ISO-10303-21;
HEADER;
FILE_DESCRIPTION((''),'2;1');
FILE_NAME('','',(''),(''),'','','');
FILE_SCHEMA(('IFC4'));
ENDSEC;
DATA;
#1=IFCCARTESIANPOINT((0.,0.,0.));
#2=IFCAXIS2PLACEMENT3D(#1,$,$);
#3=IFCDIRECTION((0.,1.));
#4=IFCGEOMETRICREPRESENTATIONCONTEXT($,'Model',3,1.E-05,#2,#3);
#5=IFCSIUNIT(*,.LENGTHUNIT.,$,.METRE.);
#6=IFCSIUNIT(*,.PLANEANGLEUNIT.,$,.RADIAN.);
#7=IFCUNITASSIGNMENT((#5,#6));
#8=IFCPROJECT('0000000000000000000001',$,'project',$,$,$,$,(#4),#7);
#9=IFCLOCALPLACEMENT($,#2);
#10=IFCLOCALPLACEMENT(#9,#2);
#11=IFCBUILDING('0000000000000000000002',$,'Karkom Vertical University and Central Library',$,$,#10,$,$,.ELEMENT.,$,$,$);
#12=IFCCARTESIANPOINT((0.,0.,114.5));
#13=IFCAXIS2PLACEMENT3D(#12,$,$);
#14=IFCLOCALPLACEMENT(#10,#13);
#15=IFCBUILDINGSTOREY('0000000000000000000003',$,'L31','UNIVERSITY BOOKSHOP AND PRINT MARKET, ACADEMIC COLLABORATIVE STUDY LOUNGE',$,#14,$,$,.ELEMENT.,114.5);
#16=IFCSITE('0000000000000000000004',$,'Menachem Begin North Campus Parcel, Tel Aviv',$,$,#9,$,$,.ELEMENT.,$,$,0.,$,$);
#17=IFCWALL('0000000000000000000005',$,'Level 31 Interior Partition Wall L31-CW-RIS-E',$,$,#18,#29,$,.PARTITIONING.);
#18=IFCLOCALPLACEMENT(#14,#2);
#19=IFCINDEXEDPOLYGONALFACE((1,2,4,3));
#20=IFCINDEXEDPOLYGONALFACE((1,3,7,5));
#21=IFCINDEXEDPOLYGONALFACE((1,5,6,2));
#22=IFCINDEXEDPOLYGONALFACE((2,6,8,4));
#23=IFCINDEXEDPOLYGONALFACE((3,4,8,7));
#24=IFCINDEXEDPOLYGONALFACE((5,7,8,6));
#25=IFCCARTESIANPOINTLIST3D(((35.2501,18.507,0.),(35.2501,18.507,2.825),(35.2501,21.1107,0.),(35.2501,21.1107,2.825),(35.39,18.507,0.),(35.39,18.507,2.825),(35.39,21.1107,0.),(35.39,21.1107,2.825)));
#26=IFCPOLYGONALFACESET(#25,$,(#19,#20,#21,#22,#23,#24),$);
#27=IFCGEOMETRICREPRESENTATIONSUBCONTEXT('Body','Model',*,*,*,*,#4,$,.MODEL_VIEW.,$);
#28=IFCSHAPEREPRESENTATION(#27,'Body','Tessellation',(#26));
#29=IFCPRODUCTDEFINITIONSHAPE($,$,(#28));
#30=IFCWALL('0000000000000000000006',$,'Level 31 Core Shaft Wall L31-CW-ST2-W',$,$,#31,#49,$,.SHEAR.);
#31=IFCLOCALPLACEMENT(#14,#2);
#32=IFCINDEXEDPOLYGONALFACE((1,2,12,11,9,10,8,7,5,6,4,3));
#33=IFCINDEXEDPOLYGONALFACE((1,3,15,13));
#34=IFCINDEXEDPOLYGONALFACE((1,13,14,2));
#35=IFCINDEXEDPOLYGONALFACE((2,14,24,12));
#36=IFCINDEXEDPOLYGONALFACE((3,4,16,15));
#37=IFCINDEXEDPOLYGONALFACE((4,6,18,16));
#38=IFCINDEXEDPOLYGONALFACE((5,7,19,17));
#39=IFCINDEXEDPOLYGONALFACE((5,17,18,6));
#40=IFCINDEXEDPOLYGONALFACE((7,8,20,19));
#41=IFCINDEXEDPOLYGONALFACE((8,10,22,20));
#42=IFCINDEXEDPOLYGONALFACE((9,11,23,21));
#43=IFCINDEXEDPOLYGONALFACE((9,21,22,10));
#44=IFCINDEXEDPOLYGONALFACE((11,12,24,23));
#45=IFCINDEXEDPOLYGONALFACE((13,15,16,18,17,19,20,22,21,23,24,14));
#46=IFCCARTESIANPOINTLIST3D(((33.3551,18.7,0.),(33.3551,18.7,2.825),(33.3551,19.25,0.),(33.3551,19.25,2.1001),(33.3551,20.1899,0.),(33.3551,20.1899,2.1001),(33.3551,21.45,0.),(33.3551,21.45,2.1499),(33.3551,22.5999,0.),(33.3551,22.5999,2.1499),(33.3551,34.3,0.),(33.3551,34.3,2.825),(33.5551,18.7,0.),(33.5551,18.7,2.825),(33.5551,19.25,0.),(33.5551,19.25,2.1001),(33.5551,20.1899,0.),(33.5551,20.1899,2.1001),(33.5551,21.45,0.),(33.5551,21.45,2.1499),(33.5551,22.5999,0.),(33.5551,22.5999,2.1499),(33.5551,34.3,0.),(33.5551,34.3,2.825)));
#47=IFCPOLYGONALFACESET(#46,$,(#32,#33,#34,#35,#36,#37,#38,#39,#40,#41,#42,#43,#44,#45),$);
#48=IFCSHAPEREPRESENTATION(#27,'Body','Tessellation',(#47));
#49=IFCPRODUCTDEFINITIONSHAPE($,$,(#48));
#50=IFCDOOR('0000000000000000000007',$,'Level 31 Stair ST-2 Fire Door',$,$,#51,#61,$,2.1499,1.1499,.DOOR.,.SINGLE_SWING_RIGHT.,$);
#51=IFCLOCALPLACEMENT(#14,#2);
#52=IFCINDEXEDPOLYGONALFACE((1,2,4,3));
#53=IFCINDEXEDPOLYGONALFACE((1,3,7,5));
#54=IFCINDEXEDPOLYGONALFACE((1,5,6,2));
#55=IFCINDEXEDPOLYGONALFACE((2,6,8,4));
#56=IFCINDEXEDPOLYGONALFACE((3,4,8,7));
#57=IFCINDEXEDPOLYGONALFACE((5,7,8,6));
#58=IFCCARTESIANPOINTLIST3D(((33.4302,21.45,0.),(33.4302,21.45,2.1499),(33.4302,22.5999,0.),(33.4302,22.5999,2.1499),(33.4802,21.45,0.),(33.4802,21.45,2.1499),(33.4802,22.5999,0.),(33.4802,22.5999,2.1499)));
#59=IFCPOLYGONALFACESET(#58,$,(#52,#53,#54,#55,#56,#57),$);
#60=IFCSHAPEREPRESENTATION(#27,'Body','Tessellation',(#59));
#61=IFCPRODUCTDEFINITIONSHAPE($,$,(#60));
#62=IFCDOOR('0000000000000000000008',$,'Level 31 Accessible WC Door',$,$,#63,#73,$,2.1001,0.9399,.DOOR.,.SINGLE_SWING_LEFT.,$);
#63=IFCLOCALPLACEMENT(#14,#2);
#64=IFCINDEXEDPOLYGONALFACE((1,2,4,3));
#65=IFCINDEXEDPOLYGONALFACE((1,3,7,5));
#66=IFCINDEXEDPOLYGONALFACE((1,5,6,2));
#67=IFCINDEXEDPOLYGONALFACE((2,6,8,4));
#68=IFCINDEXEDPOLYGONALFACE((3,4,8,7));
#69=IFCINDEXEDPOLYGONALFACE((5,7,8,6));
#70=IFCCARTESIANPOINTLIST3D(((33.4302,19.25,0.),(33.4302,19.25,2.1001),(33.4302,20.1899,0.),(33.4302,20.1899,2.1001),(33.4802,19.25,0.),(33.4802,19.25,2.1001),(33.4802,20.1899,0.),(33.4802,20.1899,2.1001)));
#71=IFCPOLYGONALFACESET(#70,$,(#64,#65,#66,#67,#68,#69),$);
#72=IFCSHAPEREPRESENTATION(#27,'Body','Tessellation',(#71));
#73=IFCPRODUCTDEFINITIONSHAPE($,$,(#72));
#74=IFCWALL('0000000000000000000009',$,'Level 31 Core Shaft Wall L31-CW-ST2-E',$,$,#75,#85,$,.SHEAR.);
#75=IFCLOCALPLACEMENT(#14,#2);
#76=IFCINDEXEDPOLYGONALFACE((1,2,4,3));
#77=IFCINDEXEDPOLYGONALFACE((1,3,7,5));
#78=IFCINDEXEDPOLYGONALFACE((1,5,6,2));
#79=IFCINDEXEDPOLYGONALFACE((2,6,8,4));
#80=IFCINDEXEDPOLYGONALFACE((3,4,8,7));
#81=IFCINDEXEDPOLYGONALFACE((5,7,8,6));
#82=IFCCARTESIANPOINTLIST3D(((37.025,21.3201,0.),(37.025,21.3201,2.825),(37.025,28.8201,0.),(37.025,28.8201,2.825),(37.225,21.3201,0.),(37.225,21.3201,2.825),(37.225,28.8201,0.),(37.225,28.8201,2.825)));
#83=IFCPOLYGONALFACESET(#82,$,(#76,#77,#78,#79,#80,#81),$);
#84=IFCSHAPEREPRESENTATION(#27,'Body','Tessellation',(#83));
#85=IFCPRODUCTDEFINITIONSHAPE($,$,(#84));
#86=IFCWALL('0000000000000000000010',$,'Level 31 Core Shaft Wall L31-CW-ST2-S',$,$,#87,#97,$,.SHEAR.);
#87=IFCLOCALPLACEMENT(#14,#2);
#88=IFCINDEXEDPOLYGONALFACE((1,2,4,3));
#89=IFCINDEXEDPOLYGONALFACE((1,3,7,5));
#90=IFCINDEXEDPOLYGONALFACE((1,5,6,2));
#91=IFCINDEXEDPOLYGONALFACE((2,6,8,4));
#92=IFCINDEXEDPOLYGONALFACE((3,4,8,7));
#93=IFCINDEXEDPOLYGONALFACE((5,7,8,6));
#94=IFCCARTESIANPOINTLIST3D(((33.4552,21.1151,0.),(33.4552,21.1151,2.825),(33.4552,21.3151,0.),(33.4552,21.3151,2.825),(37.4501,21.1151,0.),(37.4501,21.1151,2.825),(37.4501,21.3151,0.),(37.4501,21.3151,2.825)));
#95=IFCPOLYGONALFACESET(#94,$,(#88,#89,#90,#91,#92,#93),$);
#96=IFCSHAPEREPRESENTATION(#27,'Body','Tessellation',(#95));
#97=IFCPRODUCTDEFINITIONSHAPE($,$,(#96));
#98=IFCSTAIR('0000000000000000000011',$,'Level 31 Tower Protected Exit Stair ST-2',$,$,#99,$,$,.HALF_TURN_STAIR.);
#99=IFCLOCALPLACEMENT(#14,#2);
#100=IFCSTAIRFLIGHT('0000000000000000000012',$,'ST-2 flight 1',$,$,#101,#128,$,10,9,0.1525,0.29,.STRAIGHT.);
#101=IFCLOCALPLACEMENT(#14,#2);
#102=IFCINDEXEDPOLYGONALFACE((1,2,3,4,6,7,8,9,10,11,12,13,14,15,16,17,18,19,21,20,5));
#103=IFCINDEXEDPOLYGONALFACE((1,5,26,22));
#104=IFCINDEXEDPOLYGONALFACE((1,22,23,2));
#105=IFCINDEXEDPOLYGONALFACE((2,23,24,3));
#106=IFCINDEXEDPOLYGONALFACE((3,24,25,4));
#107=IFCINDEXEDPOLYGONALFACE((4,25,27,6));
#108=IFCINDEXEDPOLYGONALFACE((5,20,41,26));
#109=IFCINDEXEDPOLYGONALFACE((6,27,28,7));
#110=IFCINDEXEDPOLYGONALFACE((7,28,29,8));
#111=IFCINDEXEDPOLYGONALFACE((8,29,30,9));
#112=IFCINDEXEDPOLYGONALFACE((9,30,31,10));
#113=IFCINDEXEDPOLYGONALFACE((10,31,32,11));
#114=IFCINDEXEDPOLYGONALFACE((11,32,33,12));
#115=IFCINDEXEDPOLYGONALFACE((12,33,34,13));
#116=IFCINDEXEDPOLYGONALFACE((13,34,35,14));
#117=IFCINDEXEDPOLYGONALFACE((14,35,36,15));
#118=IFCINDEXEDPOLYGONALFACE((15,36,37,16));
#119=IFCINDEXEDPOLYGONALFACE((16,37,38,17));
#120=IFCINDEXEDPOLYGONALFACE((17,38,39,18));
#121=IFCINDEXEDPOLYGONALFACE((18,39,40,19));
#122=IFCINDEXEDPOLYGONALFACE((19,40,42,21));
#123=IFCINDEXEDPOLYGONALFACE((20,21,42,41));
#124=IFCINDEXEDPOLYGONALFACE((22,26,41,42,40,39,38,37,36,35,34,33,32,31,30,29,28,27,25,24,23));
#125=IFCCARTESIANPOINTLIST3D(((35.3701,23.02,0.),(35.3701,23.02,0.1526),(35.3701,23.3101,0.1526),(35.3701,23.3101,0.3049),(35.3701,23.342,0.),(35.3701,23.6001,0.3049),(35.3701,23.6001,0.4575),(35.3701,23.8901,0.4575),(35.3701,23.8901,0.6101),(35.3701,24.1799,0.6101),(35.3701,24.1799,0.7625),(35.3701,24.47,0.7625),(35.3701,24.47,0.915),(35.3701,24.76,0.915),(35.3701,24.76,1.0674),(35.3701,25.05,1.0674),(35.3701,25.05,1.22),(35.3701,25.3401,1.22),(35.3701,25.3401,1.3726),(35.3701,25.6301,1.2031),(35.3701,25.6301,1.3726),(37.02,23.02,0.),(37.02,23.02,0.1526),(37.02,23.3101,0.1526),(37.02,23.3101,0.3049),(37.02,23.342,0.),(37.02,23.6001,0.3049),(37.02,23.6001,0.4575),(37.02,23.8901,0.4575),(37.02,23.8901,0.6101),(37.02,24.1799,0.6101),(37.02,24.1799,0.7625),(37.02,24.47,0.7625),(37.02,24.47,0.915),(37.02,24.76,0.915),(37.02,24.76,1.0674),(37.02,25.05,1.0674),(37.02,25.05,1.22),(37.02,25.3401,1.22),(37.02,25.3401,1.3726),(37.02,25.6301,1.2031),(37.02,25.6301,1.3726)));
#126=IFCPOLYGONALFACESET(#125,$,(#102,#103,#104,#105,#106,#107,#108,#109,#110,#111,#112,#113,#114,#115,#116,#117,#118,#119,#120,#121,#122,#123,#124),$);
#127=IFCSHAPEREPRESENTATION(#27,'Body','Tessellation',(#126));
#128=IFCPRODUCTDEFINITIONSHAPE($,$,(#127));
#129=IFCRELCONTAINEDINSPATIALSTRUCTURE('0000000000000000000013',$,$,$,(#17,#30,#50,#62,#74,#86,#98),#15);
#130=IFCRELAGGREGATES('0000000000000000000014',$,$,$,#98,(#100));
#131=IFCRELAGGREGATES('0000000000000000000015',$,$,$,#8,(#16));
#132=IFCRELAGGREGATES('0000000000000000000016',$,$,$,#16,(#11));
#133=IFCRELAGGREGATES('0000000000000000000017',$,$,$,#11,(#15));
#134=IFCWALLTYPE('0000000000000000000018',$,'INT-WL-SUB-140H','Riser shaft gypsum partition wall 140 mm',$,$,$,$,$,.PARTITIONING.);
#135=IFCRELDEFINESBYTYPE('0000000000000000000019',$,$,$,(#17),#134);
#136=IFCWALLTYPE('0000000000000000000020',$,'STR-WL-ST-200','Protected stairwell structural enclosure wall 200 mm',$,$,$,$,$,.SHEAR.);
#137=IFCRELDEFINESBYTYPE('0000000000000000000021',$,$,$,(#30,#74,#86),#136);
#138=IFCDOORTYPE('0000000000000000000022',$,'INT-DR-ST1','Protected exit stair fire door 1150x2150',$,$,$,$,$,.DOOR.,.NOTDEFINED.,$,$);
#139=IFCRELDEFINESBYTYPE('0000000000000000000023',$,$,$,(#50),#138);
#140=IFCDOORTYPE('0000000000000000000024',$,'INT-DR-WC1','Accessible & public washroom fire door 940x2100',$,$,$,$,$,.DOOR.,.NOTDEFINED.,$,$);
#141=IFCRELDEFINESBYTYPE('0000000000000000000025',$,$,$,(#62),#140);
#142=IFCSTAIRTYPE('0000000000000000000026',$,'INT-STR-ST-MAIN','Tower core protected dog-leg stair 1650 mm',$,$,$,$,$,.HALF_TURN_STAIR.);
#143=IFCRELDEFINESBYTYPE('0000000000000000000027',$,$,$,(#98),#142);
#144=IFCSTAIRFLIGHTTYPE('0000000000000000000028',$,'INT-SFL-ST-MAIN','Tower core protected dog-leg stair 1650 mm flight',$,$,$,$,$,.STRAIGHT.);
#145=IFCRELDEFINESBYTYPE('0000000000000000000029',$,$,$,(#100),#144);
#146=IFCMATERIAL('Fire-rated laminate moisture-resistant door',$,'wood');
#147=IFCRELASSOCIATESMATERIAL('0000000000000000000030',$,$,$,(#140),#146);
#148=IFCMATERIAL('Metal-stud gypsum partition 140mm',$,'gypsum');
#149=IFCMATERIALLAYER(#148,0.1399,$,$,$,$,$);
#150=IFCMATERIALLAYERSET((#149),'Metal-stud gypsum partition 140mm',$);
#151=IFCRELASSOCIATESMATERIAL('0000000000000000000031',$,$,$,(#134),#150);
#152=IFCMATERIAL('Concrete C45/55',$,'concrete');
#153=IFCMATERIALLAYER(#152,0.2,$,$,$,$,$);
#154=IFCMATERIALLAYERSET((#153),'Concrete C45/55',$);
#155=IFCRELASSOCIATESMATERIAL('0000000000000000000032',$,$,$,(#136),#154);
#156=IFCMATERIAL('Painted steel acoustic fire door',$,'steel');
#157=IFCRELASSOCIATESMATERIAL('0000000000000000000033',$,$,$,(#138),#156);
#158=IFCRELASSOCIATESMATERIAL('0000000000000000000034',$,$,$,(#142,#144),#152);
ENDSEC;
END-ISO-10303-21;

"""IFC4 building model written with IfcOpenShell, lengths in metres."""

from ifc_helpers import new_model, si_unit, direction, frame, frame_2d, origin, origin_with_axes, place, context, subcontext, project, spatial, polyline, rectangle, outline, extrude, source, transform, mapped, material, layer, layer_set, type_object, element, fill, aggregate, save


model = new_model("IFC4")

# Units and contexts
model_context = context("Model", 3, precision=1e-05, world=origin(), true_north=direction((0.0, 1.0)))
body_context = subcontext(model_context, "Body", "Model", "MODEL_VIEW")
ifc_project = project(units=[si_unit("LENGTHUNIT", "METRE"), si_unit("PLANEANGLEUNIT", "RADIAN")], contexts=[model_context])

# Site, building, storey
site_placement = place(None, origin())
site = spatial("IfcSite", under=ifc_project, at=site_placement, Name="Menachem Begin North Campus Parcel, Tel Aviv", CompositionType="ELEMENT", RefElevation=0.0)
building_placement = place(site_placement, origin())
building = spatial("IfcBuilding", under=site, at=building_placement, Name="Karkom Vertical University and Central Library", CompositionType="ELEMENT")
storey_placement = place(building_placement, frame((0.0, 0.0, 114.5)))
storey = spatial("IfcBuildingStorey", under=building, at=storey_placement, Name="L31", Description="UNIVERSITY BOOKSHOP AND PRINT MARKET, ACADEMIC COLLABORATIVE STUDY LOUNGE", CompositionType="ELEMENT", Elevation=114.5)

# Shared definitions
ifc_material_1 = material(Name="Metal-stud gypsum partition 140mm", Category="gypsum")
ifc_material_2 = material(Name="Fire-rated laminate moisture-resistant door", Category="wood")
door_type_1 = type_object("IfcDoorType", Name="INT-DR-WC1", Description="Accessible & public washroom fire door 940x2100", OperationType="NOTDEFINED", PredefinedType="DOOR", material=ifc_material_2)
shared_shape_1 = source(origin_with_axes(), body_context, "Body", "SweptSolid", [
    extrude(rectangle(XDim=0.9399, YDim=2.1001, at=frame_2d((0.47, 1.05))), frame((0.0, 0.0249, 0.0), z_axis=(0.0, -1.0, 0.0), x_axis=(1.0, 0.0, 0.0)), (0.0, 0.0, 1.0), 0.05),
])

# Wall
ifc_layer_1 = layer(ifc_material_1, 0.1399)
ifc_layer_set_1 = layer_set([ifc_layer_1], Name="Metal-stud gypsum partition 140mm")
wall_type_1 = type_object("IfcWallType", Name="INT-WL-SUB-140H", Description="Riser shaft gypsum partition wall 140 mm", PredefinedType="PARTITIONING", material=ifc_layer_set_1)
wall_1_placement = place(storey_placement, frame((35.3201, 18.5071, 0.0), z_axis=(0.0, 0.0, 1.0), x_axis=(0.0, 1.0, 0.0)))
element("IfcWall", 1, at=wall_1_placement, inside=storey, type_object=wall_type_1, Name="Level 31 Interior Partition Wall L31-CW-RIS-E", PredefinedType="PARTITIONING", context=body_context, shape_type="SweptSolid", body=[
    extrude(rectangle(XDim=2.6038, YDim=0.1399, at=frame_2d((1.3018, 0.0))), origin(), (0.0, 0.0, 1.0), 2.825),
])

# Wall, openings, doors
ifc_material_3 = material(Name="Concrete C45/55", Category="concrete")
ifc_layer_2 = layer(ifc_material_3, 0.2)
ifc_layer_set_2 = layer_set([ifc_layer_2], Name="Concrete C45/55")
wall_type_2 = type_object("IfcWallType", Name="STR-WL-ST-200", Description="Protected stairwell structural enclosure wall 200 mm", PredefinedType="SHEAR", material=ifc_layer_set_2)
wall_2_placement = place(storey_placement, frame((33.4551, 18.7, 0.0), z_axis=(0.0, 0.0, 1.0), x_axis=(0.0, 1.0, 0.0)))
wall_2 = element("IfcWall", 2, at=wall_2_placement, inside=storey, type_object=wall_type_2, Name="Level 31 Core Shaft Wall L31-CW-ST2-W", PredefinedType="SHEAR", context=body_context, shape_type="SweptSolid", body=[
    extrude(rectangle(XDim=15.6001, YDim=0.2, at=frame_2d((7.8, 0.0))), origin(), (0.0, 0.0, 1.0), 2.825),
])
opening_1_placement = place(wall_2_placement, frame((2.75, 0.0, 0.0)))
opening_1 = element("IfcOpeningElement", 3, at=opening_1_placement, cuts=wall_2, PredefinedType="OPENING", context=body_context, shape_type="SweptSolid", body=[
    extrude(rectangle(XDim=1.1499, YDim=2.1499, at=frame_2d((0.575, 1.075))), frame((0.0, 0.1099, 0.0), z_axis=(0.0, -1.0, 0.0), x_axis=(1.0, 0.0, 0.0)), (0.0, 0.0, 1.0), 0.22),
])
opening_2_placement = place(wall_2_placement, frame((0.55, 0.0, 0.0)))
opening_2 = element("IfcOpeningElement", 4, at=opening_2_placement, cuts=wall_2, PredefinedType="OPENING", context=body_context, shape_type="SweptSolid", body=[
    extrude(rectangle(XDim=0.9399, YDim=2.1001, at=frame_2d((0.47, 1.05))), frame((0.0, 0.1099, 0.0), z_axis=(0.0, -1.0, 0.0), x_axis=(1.0, 0.0, 0.0)), (0.0, 0.0, 1.0), 0.22),
])
ifc_material_4 = material(Name="Painted steel acoustic fire door", Category="steel")
door_type_2 = type_object("IfcDoorType", Name="INT-DR-ST1", Description="Protected exit stair fire door 1150x2150", OperationType="NOTDEFINED", PredefinedType="DOOR", material=ifc_material_4)
shared_shape_2 = source(origin_with_axes(), body_context, "Body", "SweptSolid", [
    extrude(rectangle(XDim=1.1499, YDim=2.1499, at=frame_2d((0.575, 1.075))), frame((0.0, 0.0249, 0.0), z_axis=(0.0, -1.0, 0.0), x_axis=(1.0, 0.0, 0.0)), (0.0, 0.0, 1.0), 0.05),
])
door_1_placement = place(opening_1_placement, origin())
door_1 = element("IfcDoor", 5, at=door_1_placement, inside=storey, type_object=door_type_2, Name="Level 31 Stair ST-2 Fire Door", OperationType="SINGLE_SWING_RIGHT", OverallHeight=2.1499, OverallWidth=1.1499, PredefinedType="DOOR", context=body_context, shape_type="MappedRepresentation", body=[
    mapped(shared_shape_2, transform((0.0, 0.0, 0.0), scale=1.0)),
])
fill(opening_1, door_1)
door_2_placement = place(opening_2_placement, origin())
door_2 = element("IfcDoor", 6, at=door_2_placement, inside=storey, type_object=door_type_1, Name="Level 31 Accessible WC Door", OperationType="SINGLE_SWING_LEFT", OverallHeight=2.1001, OverallWidth=0.9399, PredefinedType="DOOR", context=body_context, shape_type="MappedRepresentation", body=[
    mapped(shared_shape_1, transform((0.0, 0.0, 0.0), scale=1.0)),
])
fill(opening_2, door_2)

# Walls
wall_3_placement = place(storey_placement, frame((37.125, 21.3201, 0.0), z_axis=(0.0, 0.0, 1.0), x_axis=(0.0, 1.0, 0.0)))
element("IfcWall", 7, at=wall_3_placement, inside=storey, type_object=wall_type_2, Name="Level 31 Core Shaft Wall L31-CW-ST2-E", PredefinedType="SHEAR", context=body_context, shape_type="SweptSolid", body=[
    extrude(rectangle(XDim=7.5, YDim=0.2, at=frame_2d((3.75, 0.0))), origin(), (0.0, 0.0, 1.0), 2.825),
])
wall_4_placement = place(storey_placement, frame((33.4551, 21.2151, 0.0), z_axis=(0.0, 0.0, 1.0), x_axis=(1.0, 0.0, 0.0)))
element("IfcWall", 8, at=wall_4_placement, inside=storey, type_object=wall_type_2, Name="Level 31 Core Shaft Wall L31-CW-ST2-S", PredefinedType="SHEAR", context=body_context, shape_type="SweptSolid", body=[
    extrude(rectangle(XDim=3.9949, YDim=0.2, at=frame_2d((1.9976, 0.0))), origin(), (0.0, 0.0, 1.0), 2.825),
])

# Stair, stair flight
stair_type = type_object("IfcStairType", Name="INT-STR-ST-MAIN", Description="Tower core protected dog-leg stair 1650 mm", PredefinedType="HALF_TURN_STAIR", material=ifc_material_3)
stair_placement = place(storey_placement, origin())
stair = element("IfcStair", 9, at=stair_placement, inside=storey, type_object=stair_type, Name="Level 31 Tower Protected Exit Stair ST-2", PredefinedType="HALF_TURN_STAIR")
stair_flight_type = type_object("IfcStairFlightType", Name="INT-SFL-ST-MAIN", Description="Tower core protected dog-leg stair 1650 mm flight", PredefinedType="STRAIGHT", material=ifc_material_3)
stair_flight_placement = place(storey_placement, frame((36.1951, 23.02, 0.0), z_axis=(0.0, 0.0, 1.0), x_axis=(0.0, 1.0, 0.0)))
stair_flight = element("IfcStairFlight", 10, at=stair_flight_placement, type_object=stair_flight_type, Name="ST-2 flight 1", NumberOfRisers=10, NumberOfTreads=9, PredefinedType="STRAIGHT", RiserHeight=0.1525, TreadLength=0.29, context=body_context, shape_type="SweptSolid", body=[
    extrude(outline(polyline([(0.0, 0.0), (0.0, 0.1526), (0.29, 0.1526), (0.29, 0.3049), (0.5801, 0.3049), (0.5801, 0.4575), (0.8701, 0.4575), (0.8701, 0.6101), (1.1599, 0.6101), (1.1599, 0.7625), (1.45, 0.7625), (1.45, 0.915), (1.74, 0.915), (1.74, 1.0674), (2.03, 1.0674), (2.03, 1.22), (2.3201, 1.22), (2.3201, 1.3726), (2.6101, 1.3726), (2.6101, 1.5249), (2.6101, 1.2031), (0.322, 0.0), (0.0, 0.0)])), frame((0.0, 0.825, 0.0), z_axis=(0.0, -1.0, 0.0), x_axis=(1.0, 0.0, 0.0)), (0.0, 0.0, 1.0), 1.6499),
])
aggregate(stair, [stair_flight])

save(model, "model.ifc")
